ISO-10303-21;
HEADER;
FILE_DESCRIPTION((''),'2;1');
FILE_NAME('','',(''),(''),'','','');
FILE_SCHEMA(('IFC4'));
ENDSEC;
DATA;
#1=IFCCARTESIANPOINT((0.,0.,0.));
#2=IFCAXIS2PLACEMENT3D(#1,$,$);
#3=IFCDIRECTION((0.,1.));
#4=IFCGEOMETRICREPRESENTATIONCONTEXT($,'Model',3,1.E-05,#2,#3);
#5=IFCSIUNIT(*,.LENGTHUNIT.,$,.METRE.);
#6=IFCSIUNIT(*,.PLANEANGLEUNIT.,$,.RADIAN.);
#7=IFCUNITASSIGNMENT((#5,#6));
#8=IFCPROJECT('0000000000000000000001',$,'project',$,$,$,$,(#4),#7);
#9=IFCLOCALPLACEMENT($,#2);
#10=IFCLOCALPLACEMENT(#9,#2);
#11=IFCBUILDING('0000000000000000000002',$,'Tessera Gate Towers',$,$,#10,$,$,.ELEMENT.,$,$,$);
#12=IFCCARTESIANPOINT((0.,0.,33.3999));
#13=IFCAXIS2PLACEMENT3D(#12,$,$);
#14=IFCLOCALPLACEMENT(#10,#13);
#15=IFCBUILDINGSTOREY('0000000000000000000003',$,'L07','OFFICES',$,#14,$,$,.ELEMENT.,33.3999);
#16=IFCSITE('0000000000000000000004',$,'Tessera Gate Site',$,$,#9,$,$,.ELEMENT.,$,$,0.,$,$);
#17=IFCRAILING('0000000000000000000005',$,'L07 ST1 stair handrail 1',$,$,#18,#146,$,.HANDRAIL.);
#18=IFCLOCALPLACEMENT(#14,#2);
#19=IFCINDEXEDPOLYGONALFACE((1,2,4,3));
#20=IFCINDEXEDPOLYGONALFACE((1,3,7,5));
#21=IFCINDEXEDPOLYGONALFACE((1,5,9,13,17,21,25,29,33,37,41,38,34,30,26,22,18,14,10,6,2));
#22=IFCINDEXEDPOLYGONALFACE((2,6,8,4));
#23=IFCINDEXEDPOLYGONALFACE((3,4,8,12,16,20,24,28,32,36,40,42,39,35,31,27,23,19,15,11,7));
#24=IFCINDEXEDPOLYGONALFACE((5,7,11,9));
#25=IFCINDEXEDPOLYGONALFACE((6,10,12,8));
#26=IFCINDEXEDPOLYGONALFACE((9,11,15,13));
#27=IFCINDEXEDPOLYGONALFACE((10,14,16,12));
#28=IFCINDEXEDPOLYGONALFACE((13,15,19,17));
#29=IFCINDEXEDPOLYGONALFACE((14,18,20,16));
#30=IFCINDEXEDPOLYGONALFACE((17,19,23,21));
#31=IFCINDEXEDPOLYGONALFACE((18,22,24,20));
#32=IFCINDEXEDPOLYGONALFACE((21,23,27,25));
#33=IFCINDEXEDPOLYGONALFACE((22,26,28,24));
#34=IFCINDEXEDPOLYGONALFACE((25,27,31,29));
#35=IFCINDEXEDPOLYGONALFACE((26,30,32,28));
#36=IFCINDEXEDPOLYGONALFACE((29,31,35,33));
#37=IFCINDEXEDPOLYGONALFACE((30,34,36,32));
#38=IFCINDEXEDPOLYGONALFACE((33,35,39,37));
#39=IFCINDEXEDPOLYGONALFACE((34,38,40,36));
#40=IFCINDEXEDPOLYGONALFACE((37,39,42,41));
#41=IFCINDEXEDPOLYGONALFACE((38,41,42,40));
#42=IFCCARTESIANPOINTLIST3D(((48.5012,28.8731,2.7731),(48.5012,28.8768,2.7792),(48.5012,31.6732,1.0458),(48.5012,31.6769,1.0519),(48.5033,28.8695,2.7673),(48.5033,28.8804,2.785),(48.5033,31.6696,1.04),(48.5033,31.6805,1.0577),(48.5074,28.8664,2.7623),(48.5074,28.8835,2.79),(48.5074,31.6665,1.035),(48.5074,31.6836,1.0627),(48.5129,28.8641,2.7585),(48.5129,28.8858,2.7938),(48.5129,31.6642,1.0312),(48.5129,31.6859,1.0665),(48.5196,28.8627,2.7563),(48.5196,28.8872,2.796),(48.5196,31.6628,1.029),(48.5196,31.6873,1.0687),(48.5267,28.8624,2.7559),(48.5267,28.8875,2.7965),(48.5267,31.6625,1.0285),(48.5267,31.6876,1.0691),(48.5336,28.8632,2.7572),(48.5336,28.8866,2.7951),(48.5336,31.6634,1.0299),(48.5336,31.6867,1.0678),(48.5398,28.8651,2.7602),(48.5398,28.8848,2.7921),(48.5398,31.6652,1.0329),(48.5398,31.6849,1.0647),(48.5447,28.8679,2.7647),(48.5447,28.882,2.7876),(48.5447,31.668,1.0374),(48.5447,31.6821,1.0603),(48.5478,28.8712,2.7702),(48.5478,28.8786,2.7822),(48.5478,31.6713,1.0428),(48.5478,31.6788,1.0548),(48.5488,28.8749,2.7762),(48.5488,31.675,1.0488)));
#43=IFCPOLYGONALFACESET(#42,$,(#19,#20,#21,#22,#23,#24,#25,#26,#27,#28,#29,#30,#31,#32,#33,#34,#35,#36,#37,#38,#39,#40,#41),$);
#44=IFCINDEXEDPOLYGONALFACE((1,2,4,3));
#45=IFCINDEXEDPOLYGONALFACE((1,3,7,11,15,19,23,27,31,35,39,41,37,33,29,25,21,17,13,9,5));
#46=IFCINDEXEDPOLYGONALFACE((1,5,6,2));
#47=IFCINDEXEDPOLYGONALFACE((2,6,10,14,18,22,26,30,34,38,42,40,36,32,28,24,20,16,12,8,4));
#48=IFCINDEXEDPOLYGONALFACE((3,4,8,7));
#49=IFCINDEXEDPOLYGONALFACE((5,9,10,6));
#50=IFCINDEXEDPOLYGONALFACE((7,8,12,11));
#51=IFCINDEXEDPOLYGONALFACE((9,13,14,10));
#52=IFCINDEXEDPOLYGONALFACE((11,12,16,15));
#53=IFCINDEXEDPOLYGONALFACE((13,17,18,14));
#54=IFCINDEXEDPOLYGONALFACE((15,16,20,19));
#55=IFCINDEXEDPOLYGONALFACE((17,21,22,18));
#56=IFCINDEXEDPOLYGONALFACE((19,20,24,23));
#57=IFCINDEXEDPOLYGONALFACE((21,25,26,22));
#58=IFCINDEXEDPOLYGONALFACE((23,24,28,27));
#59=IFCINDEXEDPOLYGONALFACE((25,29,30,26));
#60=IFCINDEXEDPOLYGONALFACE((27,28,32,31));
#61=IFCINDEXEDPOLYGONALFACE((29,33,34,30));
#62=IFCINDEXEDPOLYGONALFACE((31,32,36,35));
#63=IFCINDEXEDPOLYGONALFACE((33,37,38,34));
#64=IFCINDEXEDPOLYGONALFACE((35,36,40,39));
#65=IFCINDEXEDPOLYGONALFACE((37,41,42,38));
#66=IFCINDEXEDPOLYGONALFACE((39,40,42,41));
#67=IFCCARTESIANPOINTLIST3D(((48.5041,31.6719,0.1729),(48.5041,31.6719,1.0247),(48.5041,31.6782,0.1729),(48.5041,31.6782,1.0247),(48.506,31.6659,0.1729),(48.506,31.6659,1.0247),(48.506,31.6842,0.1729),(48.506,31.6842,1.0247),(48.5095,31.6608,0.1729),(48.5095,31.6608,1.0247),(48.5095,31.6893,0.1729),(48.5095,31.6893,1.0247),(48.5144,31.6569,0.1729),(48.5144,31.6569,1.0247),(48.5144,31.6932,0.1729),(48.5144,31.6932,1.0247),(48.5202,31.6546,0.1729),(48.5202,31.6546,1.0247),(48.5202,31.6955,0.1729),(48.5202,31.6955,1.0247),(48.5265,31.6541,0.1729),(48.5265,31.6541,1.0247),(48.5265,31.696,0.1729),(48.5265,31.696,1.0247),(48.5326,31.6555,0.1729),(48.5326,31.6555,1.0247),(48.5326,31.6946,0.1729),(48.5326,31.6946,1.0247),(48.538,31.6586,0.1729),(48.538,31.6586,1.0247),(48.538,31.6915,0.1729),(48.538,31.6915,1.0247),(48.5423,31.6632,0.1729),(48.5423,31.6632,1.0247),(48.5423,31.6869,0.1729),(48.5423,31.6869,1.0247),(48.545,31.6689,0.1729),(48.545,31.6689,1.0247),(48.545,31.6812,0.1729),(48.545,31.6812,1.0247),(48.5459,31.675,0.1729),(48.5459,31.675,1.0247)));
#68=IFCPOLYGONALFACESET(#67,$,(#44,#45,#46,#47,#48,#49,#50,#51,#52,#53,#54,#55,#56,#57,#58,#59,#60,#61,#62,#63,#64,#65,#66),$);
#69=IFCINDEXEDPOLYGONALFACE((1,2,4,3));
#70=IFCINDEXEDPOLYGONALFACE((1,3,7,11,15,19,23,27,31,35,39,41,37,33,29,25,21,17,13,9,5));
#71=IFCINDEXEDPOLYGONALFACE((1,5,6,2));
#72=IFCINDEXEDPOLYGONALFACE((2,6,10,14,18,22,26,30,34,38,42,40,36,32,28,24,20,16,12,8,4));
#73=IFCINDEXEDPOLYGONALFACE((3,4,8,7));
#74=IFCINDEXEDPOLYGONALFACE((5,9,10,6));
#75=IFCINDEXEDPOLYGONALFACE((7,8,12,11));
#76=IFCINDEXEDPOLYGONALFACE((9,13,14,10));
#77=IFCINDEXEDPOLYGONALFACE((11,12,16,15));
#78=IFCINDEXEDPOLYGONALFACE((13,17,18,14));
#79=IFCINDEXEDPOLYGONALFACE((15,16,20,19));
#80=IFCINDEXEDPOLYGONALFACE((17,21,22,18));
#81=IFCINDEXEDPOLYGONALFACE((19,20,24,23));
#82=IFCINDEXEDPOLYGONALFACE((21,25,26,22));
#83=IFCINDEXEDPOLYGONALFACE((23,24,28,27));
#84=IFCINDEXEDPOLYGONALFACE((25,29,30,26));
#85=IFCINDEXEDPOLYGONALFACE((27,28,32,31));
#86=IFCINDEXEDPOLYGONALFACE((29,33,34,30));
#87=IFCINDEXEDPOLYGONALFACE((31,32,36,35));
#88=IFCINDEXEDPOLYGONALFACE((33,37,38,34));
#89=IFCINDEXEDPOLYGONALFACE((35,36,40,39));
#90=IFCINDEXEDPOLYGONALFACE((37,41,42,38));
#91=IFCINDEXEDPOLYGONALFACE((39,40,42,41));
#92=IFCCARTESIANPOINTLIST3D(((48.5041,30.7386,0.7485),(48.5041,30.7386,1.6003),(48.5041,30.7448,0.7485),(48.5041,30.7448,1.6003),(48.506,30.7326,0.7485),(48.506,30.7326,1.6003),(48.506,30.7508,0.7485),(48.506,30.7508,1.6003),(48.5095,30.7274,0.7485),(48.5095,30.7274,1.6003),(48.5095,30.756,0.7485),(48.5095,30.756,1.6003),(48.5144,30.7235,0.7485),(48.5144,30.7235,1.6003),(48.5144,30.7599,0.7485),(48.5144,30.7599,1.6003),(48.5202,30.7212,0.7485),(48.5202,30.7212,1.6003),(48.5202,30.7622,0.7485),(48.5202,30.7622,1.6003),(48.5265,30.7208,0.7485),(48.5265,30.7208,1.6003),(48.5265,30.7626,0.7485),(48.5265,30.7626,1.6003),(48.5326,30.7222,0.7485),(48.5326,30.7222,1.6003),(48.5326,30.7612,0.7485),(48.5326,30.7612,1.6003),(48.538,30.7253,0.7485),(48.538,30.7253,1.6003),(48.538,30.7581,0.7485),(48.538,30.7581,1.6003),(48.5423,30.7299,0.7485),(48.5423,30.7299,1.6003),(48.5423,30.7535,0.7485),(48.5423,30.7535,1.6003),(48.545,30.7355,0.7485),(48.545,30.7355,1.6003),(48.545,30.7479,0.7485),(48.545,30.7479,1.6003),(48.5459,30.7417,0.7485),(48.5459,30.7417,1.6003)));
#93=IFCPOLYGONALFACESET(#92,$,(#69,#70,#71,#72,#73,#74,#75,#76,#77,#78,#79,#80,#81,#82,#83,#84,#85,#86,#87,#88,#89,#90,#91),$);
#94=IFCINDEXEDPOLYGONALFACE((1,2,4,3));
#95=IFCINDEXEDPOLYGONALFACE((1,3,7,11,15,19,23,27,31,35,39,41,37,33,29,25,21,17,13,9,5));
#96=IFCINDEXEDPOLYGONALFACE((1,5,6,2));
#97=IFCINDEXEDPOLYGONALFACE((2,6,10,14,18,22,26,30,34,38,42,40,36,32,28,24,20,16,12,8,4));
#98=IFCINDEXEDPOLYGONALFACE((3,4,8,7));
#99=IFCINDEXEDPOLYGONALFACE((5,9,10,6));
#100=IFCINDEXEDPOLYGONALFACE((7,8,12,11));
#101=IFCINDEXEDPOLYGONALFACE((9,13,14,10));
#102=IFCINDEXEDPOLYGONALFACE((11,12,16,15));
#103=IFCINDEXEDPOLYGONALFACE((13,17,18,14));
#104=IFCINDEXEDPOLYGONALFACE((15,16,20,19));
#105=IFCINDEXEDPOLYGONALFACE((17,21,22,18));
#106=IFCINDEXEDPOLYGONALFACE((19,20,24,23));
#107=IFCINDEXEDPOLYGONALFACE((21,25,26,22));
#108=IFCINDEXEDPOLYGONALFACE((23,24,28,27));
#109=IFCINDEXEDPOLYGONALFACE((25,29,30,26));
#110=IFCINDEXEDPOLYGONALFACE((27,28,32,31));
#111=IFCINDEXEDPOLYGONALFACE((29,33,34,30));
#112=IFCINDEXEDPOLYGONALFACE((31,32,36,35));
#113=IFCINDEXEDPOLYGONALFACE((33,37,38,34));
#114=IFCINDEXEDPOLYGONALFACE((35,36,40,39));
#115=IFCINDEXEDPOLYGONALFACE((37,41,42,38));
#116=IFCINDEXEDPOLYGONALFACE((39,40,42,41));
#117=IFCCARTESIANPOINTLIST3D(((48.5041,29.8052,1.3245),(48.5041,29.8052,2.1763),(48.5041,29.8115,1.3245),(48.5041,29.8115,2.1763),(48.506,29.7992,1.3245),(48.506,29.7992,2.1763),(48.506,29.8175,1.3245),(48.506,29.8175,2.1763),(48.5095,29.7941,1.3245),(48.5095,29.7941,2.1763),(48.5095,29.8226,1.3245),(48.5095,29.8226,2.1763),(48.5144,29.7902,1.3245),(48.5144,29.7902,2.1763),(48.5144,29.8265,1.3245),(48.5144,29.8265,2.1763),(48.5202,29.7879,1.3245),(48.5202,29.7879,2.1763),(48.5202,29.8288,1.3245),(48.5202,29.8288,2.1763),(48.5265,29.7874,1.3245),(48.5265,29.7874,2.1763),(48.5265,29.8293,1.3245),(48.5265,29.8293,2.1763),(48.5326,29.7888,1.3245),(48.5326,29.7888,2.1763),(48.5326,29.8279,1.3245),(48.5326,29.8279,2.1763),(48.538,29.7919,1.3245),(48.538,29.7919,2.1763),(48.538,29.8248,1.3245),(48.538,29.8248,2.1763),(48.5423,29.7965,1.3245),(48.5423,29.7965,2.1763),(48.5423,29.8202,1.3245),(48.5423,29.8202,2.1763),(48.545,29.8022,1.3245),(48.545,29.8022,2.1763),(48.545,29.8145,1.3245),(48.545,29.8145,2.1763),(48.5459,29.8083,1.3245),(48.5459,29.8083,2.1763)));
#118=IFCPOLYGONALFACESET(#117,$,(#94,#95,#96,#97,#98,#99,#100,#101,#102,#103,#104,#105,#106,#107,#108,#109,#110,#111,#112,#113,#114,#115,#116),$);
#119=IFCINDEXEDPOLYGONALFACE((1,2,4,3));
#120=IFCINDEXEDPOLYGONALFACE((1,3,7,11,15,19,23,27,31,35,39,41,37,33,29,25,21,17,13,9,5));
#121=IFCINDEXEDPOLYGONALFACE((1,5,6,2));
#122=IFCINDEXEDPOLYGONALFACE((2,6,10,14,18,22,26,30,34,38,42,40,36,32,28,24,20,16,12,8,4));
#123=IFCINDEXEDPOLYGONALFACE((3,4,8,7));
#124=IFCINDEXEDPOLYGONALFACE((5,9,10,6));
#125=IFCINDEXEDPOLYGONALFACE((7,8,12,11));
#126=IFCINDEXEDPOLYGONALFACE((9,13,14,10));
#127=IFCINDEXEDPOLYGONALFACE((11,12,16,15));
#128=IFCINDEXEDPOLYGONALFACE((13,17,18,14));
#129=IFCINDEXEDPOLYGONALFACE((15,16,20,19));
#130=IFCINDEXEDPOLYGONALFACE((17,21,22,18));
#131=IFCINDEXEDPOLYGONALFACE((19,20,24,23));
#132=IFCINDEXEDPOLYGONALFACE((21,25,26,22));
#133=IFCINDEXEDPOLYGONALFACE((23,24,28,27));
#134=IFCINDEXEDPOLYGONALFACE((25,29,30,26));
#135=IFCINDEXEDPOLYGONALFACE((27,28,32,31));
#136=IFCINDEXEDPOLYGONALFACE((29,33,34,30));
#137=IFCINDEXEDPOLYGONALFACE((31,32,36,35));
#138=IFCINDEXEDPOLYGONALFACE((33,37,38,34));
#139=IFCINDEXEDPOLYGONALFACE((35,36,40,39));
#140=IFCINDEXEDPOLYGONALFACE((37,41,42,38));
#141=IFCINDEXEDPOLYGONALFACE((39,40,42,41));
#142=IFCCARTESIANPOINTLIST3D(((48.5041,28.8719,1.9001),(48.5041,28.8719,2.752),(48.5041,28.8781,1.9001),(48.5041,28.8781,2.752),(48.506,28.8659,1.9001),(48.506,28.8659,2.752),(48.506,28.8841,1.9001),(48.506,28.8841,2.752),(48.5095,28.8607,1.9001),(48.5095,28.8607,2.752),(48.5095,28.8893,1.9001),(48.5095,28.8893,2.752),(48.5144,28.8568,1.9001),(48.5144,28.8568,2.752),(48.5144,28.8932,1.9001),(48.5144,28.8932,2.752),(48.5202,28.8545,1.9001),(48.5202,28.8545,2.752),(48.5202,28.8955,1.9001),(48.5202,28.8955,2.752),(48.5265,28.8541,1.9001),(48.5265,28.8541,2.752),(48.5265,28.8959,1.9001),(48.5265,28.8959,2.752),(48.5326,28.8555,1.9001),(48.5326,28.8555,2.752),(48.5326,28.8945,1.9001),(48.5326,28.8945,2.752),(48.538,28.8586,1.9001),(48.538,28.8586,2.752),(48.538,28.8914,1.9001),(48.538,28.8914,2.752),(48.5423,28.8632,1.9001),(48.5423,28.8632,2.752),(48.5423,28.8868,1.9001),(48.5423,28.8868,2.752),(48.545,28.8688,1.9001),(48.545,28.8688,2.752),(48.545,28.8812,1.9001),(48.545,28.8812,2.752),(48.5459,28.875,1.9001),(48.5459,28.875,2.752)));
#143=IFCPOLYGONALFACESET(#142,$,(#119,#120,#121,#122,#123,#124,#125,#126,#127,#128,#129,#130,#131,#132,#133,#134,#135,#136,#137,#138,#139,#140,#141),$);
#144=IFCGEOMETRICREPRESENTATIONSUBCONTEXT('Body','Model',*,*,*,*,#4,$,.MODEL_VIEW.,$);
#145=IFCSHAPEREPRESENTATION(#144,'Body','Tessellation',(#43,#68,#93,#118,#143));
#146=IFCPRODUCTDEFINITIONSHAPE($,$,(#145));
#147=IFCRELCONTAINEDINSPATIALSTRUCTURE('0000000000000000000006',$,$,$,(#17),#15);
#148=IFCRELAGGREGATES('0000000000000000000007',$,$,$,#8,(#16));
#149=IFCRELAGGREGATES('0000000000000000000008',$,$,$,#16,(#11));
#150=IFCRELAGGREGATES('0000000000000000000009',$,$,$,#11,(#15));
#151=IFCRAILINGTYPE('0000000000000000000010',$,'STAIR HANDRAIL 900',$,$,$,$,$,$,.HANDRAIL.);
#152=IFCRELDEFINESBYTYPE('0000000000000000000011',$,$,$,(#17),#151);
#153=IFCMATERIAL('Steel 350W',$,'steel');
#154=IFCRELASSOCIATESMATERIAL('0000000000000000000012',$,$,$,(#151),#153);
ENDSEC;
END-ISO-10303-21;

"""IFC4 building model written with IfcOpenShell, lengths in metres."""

from ifc_helpers import new_model, si_unit, direction, frame, origin, origin_2d, place, context, subcontext, project, spatial, circle, extrude, material, type_object, element, save


model = new_model("IFC4")

# Units and contexts
model_context = context("Model", 3, precision=1e-05, world=origin(), true_north=direction((0.0, 1.0)))
body_context = subcontext(model_context, "Body", "Model", "MODEL_VIEW")
ifc_project = project(units=[si_unit("LENGTHUNIT", "METRE"), si_unit("PLANEANGLEUNIT", "RADIAN")], contexts=[model_context])

# Site, building, storey
site_placement = place(None, origin())
site = spatial("IfcSite", under=ifc_project, at=site_placement, Name="Tessera Gate Site", CompositionType="ELEMENT", RefElevation=0.0)
building_placement = place(site_placement, origin())
building = spatial("IfcBuilding", under=site, at=building_placement, Name="Tessera Gate Towers", CompositionType="ELEMENT")
storey_placement = place(building_placement, frame((0.0, 0.0, 33.3999)))
storey = spatial("IfcBuildingStorey", under=building, at=storey_placement, Name="L07", Description="OFFICES", CompositionType="ELEMENT", Elevation=33.3999)

# Railing
ifc_material_1 = material(Name="Steel 350W", Category="steel")
railing_type = type_object("IfcRailingType", Name="STAIR HANDRAIL 900", PredefinedType="HANDRAIL", material=ifc_material_1)
railing_placement = place(storey_placement, frame((48.5249, 31.675, 0.1729)))
element("IfcRailing", 1, at=railing_placement, inside=storey, type_object=railing_type, Name="L07 ST1 stair handrail 1", PredefinedType="HANDRAIL", context=body_context, shape_type="SweptSolid", body=[
    extrude(circle(Radius=0.0239, at=origin_2d()), frame((0.0, 0.0, 0.876), z_axis=(0.0, -0.85109, 0.52502), x_axis=(1.0, 0.0, 0.0)), (0.0, 0.0, 1.0), 3.29),
    extrude(circle(Radius=0.021, at=origin_2d()), origin(), (0.0, 0.0, 1.0), 0.8518),
    extrude(circle(Radius=0.021, at=origin_2d()), frame((0.0, -0.9333, 0.5757)), (0.0, 0.0, 1.0), 0.8518),
    extrude(circle(Radius=0.021, at=origin_2d()), frame((0.0, -1.8667, 1.1516)), (0.0, 0.0, 1.0), 0.8518),
    extrude(circle(Radius=0.021, at=origin_2d()), frame((0.0, -2.8, 1.7273)), (0.0, 0.0, 1.0), 0.8518),
])

save(model, "model.ifc")
